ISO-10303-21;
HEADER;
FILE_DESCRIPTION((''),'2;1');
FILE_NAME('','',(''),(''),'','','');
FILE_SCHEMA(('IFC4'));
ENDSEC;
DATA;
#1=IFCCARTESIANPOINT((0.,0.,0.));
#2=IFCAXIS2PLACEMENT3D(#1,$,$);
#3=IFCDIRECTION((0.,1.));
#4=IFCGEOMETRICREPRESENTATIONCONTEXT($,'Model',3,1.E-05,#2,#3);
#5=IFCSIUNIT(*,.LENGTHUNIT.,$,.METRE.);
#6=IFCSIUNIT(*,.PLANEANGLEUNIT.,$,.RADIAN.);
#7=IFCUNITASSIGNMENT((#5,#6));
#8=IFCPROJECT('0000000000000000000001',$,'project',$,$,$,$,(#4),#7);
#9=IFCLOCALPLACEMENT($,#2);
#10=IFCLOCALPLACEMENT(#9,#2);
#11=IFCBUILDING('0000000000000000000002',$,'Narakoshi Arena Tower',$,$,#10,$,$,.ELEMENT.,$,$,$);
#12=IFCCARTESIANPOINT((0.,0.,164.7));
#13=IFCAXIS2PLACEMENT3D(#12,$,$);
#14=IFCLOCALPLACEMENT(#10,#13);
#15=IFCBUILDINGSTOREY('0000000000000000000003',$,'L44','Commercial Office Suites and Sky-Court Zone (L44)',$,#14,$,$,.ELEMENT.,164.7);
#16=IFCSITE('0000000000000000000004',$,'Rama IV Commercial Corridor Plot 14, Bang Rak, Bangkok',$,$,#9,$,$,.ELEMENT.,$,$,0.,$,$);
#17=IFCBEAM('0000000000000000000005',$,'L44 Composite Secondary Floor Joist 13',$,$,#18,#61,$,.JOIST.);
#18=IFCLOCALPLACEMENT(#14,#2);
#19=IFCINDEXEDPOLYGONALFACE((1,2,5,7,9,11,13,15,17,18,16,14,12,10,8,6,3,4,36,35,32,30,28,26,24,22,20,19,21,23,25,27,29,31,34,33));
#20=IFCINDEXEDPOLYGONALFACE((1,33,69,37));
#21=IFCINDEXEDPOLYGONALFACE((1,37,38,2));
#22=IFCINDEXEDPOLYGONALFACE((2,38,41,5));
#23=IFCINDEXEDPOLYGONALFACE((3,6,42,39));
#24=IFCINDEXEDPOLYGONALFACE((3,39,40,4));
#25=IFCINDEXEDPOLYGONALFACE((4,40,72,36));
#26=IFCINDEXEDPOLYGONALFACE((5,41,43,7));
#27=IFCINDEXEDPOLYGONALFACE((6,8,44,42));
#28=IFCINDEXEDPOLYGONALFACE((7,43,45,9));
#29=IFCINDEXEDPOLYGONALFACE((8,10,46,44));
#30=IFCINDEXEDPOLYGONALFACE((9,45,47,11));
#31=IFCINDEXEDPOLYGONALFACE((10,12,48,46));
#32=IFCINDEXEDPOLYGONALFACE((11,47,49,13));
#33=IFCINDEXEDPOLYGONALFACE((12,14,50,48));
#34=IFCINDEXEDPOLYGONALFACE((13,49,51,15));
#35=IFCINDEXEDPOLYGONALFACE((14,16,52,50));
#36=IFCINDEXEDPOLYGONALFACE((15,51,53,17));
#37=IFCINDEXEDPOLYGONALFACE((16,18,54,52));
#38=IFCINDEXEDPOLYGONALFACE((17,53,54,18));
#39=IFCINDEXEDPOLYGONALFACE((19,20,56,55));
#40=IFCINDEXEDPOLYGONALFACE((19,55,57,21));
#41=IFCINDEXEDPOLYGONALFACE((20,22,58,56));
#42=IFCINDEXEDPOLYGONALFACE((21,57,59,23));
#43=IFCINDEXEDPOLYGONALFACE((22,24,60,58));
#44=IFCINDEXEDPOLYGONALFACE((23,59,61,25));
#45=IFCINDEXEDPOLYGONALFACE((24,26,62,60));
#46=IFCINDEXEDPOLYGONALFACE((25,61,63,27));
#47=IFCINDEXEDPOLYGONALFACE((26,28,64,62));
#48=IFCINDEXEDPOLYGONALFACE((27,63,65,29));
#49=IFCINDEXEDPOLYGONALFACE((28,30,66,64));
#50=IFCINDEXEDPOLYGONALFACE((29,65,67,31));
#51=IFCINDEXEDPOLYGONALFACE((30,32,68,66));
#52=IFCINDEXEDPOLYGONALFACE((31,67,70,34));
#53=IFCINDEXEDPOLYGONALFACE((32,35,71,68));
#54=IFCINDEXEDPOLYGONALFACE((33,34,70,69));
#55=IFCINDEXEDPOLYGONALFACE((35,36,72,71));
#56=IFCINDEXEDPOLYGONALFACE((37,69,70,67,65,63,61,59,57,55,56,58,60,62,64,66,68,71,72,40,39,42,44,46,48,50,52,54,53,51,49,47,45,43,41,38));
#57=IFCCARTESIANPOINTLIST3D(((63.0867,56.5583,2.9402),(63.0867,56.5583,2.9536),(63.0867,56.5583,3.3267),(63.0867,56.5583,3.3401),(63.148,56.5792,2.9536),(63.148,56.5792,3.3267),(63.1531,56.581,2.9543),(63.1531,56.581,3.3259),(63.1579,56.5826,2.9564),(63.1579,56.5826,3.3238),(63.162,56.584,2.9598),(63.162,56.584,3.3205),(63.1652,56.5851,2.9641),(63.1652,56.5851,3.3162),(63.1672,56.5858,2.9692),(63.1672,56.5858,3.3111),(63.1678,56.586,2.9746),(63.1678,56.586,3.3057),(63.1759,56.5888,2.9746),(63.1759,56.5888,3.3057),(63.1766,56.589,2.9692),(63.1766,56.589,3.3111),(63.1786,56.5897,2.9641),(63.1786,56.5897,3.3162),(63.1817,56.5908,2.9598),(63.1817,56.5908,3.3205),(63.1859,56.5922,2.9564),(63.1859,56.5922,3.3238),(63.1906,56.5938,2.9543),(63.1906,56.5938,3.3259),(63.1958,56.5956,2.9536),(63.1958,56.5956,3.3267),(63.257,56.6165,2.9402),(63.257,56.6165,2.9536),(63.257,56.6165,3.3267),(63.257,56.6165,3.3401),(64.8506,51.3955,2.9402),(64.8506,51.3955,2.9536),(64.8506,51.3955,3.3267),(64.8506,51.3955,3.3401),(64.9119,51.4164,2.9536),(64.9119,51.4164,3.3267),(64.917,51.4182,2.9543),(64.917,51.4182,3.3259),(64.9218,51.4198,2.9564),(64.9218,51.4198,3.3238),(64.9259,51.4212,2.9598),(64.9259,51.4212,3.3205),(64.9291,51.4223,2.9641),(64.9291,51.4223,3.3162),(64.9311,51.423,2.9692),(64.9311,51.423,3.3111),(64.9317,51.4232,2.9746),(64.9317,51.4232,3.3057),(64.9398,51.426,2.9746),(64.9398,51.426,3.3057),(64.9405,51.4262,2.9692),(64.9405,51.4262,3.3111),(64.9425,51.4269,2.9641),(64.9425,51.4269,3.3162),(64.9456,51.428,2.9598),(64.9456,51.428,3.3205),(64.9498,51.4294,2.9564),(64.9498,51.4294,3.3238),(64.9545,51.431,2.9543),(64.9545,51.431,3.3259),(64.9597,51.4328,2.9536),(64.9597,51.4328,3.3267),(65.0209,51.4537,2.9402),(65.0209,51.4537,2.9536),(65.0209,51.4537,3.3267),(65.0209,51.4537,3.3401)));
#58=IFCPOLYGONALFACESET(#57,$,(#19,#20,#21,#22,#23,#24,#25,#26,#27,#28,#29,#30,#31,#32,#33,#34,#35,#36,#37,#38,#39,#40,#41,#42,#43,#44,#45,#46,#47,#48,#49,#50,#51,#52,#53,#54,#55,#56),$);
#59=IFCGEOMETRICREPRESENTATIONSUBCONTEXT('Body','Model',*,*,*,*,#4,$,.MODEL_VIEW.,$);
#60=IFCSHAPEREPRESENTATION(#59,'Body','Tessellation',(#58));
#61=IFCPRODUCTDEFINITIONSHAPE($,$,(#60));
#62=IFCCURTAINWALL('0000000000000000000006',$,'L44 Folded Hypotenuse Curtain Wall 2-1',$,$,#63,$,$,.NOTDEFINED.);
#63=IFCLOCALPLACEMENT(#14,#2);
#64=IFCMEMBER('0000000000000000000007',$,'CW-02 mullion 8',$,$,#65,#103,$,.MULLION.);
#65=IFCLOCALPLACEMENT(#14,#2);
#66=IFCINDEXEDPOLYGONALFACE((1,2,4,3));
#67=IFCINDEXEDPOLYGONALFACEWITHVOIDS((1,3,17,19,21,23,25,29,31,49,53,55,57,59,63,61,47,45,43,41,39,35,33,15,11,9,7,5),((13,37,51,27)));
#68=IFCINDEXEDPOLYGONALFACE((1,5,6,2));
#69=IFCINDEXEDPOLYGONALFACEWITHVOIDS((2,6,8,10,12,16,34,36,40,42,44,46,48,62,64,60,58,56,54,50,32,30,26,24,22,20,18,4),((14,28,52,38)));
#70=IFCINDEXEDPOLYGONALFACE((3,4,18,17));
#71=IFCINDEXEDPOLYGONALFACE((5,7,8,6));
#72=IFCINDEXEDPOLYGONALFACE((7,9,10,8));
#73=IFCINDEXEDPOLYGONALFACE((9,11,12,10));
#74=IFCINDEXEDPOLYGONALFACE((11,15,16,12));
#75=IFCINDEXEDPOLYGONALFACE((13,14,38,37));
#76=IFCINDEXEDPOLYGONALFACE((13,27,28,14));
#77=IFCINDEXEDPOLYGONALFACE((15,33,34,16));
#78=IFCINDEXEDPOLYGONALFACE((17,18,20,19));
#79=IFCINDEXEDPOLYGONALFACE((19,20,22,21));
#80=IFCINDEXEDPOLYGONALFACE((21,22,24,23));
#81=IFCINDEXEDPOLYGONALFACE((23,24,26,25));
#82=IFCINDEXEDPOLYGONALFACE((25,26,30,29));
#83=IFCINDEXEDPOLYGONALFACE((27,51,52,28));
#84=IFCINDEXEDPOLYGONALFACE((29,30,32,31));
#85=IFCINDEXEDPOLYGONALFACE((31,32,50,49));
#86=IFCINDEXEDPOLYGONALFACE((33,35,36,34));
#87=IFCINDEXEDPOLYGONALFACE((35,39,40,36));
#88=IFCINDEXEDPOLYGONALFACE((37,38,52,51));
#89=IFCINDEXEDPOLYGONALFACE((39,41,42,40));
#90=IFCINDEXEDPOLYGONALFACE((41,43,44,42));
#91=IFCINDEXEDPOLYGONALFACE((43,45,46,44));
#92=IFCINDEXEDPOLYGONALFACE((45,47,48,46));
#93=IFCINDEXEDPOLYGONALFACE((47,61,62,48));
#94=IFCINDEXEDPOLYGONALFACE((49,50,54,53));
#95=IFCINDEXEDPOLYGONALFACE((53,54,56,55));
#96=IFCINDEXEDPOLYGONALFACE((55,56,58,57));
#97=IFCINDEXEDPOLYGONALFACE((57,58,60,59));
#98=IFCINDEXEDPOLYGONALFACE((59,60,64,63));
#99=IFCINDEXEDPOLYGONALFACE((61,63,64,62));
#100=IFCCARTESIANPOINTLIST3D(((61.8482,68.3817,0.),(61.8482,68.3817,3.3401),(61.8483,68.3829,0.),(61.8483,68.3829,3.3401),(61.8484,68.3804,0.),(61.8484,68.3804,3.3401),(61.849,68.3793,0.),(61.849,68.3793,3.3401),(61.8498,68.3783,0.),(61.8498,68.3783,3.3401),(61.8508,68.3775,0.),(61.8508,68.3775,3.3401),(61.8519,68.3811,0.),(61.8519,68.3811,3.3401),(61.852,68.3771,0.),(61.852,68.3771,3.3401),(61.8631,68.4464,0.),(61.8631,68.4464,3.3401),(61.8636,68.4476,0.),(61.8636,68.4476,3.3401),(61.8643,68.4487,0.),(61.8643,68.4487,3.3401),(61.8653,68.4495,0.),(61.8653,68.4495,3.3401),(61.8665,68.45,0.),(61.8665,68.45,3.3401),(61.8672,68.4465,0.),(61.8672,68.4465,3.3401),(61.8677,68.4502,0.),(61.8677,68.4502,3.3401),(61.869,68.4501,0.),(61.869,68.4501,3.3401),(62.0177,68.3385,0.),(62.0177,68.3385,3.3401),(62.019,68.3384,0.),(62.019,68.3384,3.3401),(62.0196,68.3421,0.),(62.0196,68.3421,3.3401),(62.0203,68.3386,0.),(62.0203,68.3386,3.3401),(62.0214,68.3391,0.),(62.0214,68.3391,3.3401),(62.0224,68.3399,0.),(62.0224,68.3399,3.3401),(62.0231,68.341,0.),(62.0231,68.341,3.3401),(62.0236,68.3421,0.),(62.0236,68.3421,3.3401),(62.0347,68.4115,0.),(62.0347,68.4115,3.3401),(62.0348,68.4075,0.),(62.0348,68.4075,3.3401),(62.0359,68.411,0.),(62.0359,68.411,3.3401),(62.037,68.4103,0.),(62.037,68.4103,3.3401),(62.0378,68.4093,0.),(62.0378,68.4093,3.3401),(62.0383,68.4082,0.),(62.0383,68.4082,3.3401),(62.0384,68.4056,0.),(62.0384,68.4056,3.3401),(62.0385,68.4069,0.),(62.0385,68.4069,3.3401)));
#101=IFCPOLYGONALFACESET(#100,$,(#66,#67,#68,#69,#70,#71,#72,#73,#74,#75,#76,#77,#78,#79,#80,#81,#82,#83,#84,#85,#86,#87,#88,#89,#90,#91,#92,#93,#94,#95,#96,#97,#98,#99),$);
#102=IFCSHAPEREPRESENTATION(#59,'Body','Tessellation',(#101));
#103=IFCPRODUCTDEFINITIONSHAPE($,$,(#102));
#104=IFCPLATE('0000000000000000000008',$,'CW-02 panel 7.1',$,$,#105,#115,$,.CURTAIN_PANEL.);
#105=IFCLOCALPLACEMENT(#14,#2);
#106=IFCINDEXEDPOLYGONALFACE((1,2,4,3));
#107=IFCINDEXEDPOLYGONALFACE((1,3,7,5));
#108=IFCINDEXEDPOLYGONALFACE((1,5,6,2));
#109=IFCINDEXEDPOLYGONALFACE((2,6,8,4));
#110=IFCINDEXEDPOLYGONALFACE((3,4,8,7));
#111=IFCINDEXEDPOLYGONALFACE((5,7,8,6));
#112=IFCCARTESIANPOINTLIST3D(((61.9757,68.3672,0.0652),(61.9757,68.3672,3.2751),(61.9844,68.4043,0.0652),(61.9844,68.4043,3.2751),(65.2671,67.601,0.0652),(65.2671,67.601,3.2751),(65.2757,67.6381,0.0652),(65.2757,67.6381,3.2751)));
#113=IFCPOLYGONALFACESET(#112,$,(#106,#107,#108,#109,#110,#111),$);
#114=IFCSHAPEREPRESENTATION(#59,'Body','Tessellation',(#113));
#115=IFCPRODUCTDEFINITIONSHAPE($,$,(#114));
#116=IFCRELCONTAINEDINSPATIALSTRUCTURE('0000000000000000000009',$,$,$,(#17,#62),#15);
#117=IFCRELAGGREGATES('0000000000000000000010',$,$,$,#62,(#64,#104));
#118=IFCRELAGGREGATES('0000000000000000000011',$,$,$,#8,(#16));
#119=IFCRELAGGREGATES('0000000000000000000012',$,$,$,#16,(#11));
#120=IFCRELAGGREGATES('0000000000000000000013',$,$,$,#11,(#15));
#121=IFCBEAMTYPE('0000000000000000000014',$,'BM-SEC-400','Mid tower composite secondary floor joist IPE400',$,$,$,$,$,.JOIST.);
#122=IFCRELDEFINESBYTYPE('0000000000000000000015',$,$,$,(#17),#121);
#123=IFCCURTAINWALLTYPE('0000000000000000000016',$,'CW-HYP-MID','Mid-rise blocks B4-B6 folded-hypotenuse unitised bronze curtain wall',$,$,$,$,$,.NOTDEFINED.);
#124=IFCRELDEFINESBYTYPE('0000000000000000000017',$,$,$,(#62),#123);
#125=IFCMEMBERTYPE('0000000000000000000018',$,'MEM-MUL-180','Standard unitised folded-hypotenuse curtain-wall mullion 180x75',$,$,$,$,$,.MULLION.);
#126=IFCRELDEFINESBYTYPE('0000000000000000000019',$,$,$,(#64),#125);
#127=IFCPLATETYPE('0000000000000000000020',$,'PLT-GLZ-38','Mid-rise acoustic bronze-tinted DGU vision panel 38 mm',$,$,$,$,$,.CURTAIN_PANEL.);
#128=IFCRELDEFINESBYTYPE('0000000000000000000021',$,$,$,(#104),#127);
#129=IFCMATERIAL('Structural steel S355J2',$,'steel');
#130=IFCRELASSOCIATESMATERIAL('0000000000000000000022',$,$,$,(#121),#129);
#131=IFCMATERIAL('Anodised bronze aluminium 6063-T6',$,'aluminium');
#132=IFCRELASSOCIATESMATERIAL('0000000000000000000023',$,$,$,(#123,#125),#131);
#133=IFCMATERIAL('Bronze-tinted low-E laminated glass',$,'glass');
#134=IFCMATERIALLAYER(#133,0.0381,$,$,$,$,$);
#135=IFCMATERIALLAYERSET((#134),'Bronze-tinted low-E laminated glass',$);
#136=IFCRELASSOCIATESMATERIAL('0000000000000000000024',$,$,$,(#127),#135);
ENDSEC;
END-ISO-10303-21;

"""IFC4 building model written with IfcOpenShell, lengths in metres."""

from ifc_helpers import new_model, si_unit, direction, frame, origin, origin_2d, place, context, subcontext, project, spatial, rectangle, hollow_rectangle, i_section, extrude, material, layer, layer_set, material_profile, profile_set, type_object, element, aggregate, save


model = new_model("IFC4")

# Units and contexts
model_context = context("Model", 3, precision=1e-05, world=origin(), true_north=direction((0.0, 1.0)))
body_context = subcontext(model_context, "Body", "Model", "MODEL_VIEW")
ifc_project = project(units=[si_unit("LENGTHUNIT", "METRE"), si_unit("PLANEANGLEUNIT", "RADIAN")], contexts=[model_context])

# Site, building, storey
site_placement = place(None, origin())
site = spatial("IfcSite", under=ifc_project, at=site_placement, Name="Rama IV Commercial Corridor Plot 14, Bang Rak, Bangkok", CompositionType="ELEMENT", RefElevation=0.0)
building_placement = place(site_placement, origin())
building = spatial("IfcBuilding", under=site, at=building_placement, Name="Narakoshi Arena Tower", CompositionType="ELEMENT")
storey_placement = place(building_placement, frame((0.0, 0.0, 164.7)))
storey = spatial("IfcBuildingStorey", under=building, at=storey_placement, Name="L44", Description="Commercial Office Suites and Sky-Court Zone (L44)", CompositionType="ELEMENT", Elevation=164.7)

# Beam
ifc_material_1 = material(Name="Structural steel S355J2", Category="steel")
ifc_material_profile_1 = material_profile(ifc_material_1, i_section(OverallWidth=0.1799, OverallDepth=0.3999, WebThickness=0.0085, FlangeThickness=0.0134, FilletRadius=0.021, at=origin_2d()), Name="IPE400")
ifc_profile_set_1 = profile_set([ifc_material_profile_1], Name="Structural steel S355J2")
beam_type_1 = type_object("IfcBeamType", Name="BM-SEC-400", Description="Mid tower composite secondary floor joist IPE400", PredefinedType="JOIST", material=ifc_profile_set_1)
beam_1_placement = place(storey_placement, frame((63.1719, 56.5874, 3.1401), z_axis=(0.323307, -0.946294, 0.0), x_axis=(0.946294, 0.323307, 0.0)))
element("IfcBeam", 1, at=beam_1_placement, inside=storey, type_object=beam_type_1, Name="L44 Composite Secondary Floor Joist 13", PredefinedType="JOIST", context=body_context, shape_type="SweptSolid", body=[
    extrude(i_section(OverallWidth=0.1799, OverallDepth=0.3999, WebThickness=0.0085, FlangeThickness=0.0134, FilletRadius=0.021, at=origin_2d()), origin(), (0.0, 0.0, 1.0), 5.4558),
])

# Curtain wall, member, plate
ifc_material_2 = material(Name="Anodised bronze aluminium 6063-T6", Category="aluminium")
curtain_wall_type = type_object("IfcCurtainWallType", Name="CW-HYP-MID", Description="Mid-rise blocks B4-B6 folded-hypotenuse unitised bronze curtain wall", PredefinedType="NOTDEFINED", material=ifc_material_2)
curtain_wall_placement = place(storey_placement, origin())
curtain_wall = element("IfcCurtainWall", 2, at=curtain_wall_placement, inside=storey, type_object=curtain_wall_type, Name="L44 Folded Hypotenuse Curtain Wall 2-1", PredefinedType="NOTDEFINED")
ifc_material_profile_2 = material_profile(ifc_material_2, hollow_rectangle(XDim=0.075, YDim=0.1799, WallThickness=0.0039, OuterFilletRadius=0.0049, at=origin_2d()), Name="MUL180x75x4")
ifc_profile_set_2 = profile_set([ifc_material_profile_2], Name="Anodised bronze aluminium 6063-T6")
member_type = type_object("IfcMemberType", Name="MEM-MUL-180", Description="Standard unitised folded-hypotenuse curtain-wall mullion 180x75", PredefinedType="MULLION", material=ifc_profile_set_2)
member_placement = place(storey_placement, frame((61.9434, 68.3943, 0.0), z_axis=(0.0, 0.0, 1.0), x_axis=(-0.226721, -0.97396, 0.0)))
member = element("IfcMember", 3, at=member_placement, type_object=member_type, Name="CW-02 mullion 8", PredefinedType="MULLION", context=body_context, shape_type="SweptSolid", body=[
    extrude(hollow_rectangle(XDim=0.075, YDim=0.1799, WallThickness=0.0039, OuterFilletRadius=0.0049, at=origin_2d()), origin(), (0.0, 0.0, 1.0), 3.3401),
])
ifc_material_3 = material(Name="Bronze-tinted low-E laminated glass", Category="glass")
ifc_layer_1 = layer(ifc_material_3, 0.0381)
ifc_layer_set_1 = layer_set([ifc_layer_1], Name="Bronze-tinted low-E laminated glass")
plate_type = type_object("IfcPlateType", Name="PLT-GLZ-38", Description="Mid-rise acoustic bronze-tinted DGU vision panel 38 mm", PredefinedType="CURTAIN_PANEL", material=ifc_layer_set_1)
plate_placement = place(storey_placement, frame((63.6257, 68.0027, 0.0652), z_axis=(0.0, 0.0, 1.0), x_axis=(-0.97396, 0.226721, 0.0)))
plate = element("IfcPlate", 4, at=plate_placement, type_object=plate_type, Name="CW-02 panel 7.1", PredefinedType="CURTAIN_PANEL", context=body_context, shape_type="SweptSolid", body=[
    extrude(rectangle(XDim=3.3794, YDim=0.0381, at=origin_2d()), origin(), (0.0, 0.0, 1.0), 3.21),
])
aggregate(curtain_wall, [member, plate])

save(model, "model.ifc")
